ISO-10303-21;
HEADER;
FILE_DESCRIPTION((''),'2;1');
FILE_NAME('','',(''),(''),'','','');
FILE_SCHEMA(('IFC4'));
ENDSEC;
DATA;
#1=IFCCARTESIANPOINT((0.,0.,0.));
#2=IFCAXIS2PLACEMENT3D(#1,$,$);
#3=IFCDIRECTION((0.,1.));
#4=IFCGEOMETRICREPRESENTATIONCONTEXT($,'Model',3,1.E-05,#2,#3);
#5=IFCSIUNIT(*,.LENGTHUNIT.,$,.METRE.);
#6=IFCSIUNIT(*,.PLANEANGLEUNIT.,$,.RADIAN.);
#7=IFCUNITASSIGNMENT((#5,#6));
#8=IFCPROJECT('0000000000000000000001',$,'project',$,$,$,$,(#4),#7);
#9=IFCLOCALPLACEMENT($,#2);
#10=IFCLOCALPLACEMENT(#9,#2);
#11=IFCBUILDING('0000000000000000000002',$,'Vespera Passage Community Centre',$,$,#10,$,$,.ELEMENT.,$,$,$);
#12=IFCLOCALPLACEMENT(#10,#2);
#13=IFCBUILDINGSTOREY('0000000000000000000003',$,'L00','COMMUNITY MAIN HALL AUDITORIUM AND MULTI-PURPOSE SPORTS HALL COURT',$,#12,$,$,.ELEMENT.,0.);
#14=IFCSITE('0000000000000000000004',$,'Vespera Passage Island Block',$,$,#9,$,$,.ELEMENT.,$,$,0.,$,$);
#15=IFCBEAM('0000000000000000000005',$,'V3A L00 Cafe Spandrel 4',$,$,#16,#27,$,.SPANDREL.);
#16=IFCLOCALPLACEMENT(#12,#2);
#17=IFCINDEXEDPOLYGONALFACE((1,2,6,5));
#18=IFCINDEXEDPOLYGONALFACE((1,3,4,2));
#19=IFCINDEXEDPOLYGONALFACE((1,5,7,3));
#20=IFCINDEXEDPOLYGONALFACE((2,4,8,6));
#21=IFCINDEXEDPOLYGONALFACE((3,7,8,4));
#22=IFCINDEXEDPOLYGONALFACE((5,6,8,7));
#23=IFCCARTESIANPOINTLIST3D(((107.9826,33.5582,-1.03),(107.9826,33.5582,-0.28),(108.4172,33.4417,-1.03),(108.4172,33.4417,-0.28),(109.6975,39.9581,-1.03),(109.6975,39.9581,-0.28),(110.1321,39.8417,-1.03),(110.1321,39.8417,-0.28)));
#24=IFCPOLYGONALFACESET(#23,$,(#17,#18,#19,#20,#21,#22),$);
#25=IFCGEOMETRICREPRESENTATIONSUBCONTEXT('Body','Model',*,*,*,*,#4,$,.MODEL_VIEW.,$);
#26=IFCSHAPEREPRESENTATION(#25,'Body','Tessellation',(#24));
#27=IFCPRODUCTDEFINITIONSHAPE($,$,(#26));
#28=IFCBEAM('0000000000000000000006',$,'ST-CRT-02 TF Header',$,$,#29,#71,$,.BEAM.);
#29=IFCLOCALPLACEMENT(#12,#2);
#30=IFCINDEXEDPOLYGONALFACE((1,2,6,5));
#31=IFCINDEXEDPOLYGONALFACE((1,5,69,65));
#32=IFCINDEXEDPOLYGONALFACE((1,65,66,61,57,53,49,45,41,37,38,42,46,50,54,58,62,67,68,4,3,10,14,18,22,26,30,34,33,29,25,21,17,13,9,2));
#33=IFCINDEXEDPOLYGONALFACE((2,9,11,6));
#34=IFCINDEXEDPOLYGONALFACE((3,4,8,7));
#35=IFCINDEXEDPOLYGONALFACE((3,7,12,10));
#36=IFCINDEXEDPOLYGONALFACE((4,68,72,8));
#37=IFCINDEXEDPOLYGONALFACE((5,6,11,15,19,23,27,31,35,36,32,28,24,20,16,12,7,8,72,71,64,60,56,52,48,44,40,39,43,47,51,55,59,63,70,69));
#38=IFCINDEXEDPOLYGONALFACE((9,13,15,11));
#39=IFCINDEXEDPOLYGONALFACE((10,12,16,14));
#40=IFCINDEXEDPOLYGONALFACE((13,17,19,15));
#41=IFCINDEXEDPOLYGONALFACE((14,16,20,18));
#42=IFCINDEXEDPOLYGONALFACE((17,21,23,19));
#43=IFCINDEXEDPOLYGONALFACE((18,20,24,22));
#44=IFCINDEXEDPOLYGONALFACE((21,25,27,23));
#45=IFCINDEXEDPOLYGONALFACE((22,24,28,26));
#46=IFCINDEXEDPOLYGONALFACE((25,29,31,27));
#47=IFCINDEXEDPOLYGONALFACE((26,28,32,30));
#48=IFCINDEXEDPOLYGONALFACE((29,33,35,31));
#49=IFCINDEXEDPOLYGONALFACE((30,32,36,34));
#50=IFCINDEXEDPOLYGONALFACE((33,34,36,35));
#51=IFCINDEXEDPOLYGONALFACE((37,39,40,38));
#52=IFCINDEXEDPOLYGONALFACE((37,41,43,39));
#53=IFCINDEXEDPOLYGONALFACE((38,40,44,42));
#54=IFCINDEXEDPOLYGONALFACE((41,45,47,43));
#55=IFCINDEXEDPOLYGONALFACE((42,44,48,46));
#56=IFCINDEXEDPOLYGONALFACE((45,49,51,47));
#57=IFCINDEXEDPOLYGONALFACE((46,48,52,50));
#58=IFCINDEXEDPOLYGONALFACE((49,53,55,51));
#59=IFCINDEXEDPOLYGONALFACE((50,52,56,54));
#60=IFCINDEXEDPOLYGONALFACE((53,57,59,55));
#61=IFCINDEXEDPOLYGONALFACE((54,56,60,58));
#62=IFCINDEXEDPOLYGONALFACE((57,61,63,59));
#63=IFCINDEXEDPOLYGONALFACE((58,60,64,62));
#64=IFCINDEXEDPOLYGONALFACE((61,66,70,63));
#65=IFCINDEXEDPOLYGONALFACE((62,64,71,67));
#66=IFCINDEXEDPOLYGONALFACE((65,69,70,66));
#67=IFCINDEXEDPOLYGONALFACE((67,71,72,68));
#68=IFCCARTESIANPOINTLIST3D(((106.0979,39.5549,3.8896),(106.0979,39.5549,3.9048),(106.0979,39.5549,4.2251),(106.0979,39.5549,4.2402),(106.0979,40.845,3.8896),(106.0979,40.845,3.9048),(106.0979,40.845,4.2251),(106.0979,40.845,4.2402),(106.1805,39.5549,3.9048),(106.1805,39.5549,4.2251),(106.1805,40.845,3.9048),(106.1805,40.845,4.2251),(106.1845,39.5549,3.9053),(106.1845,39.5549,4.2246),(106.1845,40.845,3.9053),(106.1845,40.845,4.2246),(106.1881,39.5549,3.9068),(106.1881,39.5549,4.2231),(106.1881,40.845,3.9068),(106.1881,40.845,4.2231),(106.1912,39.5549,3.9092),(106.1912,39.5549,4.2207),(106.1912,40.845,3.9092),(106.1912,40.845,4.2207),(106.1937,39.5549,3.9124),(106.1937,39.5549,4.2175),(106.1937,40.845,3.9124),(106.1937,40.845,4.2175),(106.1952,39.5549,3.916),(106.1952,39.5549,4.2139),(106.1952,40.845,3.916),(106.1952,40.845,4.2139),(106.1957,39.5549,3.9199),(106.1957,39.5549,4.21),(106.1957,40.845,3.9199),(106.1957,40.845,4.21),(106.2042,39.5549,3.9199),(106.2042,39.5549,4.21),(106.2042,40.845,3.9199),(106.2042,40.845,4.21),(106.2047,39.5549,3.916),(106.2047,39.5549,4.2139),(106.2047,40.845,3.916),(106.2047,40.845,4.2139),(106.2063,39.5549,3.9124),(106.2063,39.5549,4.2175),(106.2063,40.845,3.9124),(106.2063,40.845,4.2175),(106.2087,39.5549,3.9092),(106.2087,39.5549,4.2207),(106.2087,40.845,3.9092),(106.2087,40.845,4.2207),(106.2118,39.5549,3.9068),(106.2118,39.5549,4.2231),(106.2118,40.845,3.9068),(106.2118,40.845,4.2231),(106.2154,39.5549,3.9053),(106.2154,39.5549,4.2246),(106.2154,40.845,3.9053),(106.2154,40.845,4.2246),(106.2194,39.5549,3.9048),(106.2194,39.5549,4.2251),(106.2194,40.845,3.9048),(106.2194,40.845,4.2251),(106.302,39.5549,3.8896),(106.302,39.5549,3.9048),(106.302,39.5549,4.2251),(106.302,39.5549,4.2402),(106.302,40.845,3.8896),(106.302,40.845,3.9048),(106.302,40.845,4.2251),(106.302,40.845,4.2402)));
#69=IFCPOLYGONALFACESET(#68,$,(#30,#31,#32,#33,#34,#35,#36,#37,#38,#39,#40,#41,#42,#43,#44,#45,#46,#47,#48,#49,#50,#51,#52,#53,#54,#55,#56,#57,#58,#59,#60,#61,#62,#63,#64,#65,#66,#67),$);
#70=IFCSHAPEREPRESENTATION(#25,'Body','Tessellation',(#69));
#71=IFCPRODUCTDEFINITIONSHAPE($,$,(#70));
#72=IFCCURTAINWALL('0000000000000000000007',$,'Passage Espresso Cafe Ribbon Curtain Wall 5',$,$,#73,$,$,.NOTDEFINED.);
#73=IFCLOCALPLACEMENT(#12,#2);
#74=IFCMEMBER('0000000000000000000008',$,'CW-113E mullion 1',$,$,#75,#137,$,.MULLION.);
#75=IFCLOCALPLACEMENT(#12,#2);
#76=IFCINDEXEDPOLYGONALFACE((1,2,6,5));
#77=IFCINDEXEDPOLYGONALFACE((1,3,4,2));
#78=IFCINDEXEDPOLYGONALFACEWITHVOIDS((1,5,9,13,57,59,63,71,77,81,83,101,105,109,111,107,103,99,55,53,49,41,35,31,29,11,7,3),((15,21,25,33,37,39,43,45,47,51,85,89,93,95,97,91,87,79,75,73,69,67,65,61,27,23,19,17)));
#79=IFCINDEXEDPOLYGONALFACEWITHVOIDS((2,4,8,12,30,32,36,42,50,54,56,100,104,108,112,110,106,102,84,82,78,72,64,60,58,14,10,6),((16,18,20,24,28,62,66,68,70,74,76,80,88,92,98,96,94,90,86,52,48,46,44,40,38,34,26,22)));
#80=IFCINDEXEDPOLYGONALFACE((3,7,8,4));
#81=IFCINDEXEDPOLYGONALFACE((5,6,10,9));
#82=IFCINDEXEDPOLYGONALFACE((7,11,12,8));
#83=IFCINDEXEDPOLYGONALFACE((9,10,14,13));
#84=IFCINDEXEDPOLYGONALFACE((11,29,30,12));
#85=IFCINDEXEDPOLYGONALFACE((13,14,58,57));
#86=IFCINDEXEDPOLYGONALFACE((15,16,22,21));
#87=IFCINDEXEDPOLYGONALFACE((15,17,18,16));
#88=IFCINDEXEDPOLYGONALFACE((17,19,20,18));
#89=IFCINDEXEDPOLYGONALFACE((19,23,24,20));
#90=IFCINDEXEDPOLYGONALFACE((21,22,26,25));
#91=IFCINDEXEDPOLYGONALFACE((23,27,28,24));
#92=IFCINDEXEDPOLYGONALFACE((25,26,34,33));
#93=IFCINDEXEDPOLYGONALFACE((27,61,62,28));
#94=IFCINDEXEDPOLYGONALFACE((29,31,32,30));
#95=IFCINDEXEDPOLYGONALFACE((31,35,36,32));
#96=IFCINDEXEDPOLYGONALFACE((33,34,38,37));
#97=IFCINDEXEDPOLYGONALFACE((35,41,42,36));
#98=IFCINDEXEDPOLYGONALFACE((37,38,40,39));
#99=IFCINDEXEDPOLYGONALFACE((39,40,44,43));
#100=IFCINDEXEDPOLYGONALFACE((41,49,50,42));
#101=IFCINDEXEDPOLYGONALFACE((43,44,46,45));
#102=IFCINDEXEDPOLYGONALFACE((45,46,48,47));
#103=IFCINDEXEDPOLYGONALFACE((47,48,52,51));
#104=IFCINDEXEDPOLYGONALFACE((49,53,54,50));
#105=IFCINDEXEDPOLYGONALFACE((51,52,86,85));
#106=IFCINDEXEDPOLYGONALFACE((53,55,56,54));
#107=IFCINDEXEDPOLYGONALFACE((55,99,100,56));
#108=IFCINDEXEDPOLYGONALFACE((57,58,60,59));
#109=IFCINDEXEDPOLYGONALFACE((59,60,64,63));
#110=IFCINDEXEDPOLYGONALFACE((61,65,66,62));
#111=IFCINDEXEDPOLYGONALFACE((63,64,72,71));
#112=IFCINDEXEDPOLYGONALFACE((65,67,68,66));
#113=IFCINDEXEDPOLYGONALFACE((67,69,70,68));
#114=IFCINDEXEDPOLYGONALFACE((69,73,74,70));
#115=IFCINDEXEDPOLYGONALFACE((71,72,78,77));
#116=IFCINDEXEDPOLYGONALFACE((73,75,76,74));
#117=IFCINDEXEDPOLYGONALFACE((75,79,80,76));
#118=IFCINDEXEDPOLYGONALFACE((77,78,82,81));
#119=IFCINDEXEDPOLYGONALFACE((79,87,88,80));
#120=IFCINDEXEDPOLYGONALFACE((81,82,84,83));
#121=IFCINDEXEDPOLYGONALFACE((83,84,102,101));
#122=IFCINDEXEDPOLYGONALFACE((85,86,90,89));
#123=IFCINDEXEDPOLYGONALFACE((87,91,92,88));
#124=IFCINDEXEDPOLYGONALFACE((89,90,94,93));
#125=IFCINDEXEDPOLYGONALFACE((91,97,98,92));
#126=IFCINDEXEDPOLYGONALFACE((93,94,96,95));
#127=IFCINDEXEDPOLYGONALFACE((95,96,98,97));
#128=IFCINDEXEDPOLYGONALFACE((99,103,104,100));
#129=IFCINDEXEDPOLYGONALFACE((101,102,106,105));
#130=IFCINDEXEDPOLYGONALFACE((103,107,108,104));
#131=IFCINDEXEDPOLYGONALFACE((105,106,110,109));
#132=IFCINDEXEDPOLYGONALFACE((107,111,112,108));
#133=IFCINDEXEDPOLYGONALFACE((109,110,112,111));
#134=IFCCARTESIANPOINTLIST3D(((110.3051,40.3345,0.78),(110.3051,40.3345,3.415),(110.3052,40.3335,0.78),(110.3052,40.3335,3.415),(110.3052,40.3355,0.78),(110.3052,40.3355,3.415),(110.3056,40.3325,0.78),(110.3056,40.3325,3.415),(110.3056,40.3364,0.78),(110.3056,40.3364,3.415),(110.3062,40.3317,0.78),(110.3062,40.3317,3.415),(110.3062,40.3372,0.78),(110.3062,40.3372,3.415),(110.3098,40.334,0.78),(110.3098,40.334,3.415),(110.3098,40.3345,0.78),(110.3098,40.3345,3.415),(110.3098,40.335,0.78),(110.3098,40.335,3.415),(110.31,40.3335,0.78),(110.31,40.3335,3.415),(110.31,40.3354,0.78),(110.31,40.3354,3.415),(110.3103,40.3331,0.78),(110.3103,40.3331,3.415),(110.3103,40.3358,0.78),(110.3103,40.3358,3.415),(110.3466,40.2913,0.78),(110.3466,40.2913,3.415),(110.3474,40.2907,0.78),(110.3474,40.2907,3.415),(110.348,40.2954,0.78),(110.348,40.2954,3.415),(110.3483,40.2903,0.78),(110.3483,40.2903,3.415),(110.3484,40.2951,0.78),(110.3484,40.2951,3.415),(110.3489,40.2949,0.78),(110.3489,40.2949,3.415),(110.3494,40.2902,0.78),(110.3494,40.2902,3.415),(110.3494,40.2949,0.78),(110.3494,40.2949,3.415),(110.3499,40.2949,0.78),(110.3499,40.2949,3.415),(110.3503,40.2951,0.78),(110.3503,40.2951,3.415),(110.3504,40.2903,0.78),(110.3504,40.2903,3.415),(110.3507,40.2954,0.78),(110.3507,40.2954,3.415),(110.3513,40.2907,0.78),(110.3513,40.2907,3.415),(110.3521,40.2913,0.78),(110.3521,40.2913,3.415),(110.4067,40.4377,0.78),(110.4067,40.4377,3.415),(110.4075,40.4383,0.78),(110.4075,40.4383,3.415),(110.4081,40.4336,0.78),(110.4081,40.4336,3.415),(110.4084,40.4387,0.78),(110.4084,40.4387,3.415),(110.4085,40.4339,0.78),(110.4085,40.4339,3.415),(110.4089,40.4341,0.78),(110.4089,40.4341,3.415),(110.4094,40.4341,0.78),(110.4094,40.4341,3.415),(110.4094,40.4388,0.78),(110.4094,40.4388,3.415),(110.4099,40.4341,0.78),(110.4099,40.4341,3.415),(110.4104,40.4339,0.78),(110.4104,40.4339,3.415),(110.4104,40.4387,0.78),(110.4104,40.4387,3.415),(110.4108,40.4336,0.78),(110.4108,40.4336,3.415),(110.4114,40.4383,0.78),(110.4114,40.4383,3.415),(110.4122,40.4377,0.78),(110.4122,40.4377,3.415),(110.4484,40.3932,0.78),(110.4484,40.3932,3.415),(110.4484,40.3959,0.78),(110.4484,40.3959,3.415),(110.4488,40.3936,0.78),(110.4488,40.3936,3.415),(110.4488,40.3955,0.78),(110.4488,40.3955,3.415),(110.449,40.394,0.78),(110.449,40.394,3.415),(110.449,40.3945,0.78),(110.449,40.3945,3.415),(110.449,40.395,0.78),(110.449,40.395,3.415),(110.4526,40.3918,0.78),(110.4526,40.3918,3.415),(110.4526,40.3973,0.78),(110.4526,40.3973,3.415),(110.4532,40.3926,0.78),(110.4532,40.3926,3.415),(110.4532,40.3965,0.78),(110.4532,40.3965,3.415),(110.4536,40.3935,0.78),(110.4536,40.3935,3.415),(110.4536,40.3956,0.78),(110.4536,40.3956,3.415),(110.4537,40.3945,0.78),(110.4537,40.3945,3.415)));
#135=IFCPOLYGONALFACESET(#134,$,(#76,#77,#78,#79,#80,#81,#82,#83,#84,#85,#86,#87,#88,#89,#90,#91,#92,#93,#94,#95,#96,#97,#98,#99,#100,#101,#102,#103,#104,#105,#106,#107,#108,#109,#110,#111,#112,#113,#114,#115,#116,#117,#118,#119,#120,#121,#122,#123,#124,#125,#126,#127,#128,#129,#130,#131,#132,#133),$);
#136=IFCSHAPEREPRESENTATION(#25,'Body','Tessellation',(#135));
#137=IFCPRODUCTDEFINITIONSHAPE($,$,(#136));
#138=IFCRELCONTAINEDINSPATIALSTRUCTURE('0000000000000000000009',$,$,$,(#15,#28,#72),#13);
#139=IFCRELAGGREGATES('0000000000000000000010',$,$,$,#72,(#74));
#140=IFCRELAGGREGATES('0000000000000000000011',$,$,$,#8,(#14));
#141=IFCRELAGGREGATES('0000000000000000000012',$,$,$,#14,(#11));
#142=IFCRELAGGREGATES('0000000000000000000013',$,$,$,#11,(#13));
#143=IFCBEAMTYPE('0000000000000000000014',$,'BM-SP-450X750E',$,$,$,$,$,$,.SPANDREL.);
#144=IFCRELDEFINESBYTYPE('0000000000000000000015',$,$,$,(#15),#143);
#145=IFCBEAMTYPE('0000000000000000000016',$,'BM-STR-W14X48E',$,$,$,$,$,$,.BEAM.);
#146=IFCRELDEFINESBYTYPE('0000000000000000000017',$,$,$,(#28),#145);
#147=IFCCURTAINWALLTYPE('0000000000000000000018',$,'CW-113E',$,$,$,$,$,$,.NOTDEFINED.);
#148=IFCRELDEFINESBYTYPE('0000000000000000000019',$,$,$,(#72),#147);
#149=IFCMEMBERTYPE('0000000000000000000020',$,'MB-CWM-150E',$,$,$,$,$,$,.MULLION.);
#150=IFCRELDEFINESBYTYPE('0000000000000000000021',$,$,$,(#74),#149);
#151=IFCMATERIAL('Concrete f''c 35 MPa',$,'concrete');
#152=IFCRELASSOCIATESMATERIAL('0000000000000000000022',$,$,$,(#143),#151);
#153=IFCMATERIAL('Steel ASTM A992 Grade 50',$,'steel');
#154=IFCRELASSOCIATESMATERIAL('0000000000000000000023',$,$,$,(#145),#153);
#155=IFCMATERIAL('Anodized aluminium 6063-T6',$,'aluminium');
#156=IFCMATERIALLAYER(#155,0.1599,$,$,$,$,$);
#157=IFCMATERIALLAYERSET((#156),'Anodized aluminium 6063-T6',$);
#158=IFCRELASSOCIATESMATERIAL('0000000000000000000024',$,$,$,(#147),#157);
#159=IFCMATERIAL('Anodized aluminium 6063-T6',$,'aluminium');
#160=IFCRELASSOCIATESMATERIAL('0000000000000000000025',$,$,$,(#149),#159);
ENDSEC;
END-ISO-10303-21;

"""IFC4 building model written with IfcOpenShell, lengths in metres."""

from ifc_helpers import new_model, si_unit, direction, frame, origin, origin_2d, place, context, subcontext, project, spatial, rectangle, hollow_rectangle, i_section, extrude, material, layer, layer_set, material_profile, profile_set, type_object, element, aggregate, save


model = new_model("IFC4")

# Units and contexts
model_context = context("Model", 3, precision=1e-05, world=origin(), true_north=direction((0.0, 1.0)))
body_context = subcontext(model_context, "Body", "Model", "MODEL_VIEW")
ifc_project = project(units=[si_unit("LENGTHUNIT", "METRE"), si_unit("PLANEANGLEUNIT", "RADIAN")], contexts=[model_context])

# Site, building, storey
site_placement = place(None, origin())
site = spatial("IfcSite", under=ifc_project, at=site_placement, Name="Vespera Passage Island Block", CompositionType="ELEMENT", RefElevation=0.0)
building_placement = place(site_placement, origin())
building = spatial("IfcBuilding", under=site, at=building_placement, Name="Vespera Passage Community Centre", CompositionType="ELEMENT")
storey_placement = place(building_placement, origin())
storey = spatial("IfcBuildingStorey", under=building, at=storey_placement, Name="L00", Description="COMMUNITY MAIN HALL AUDITORIUM AND MULTI-PURPOSE SPORTS HALL COURT", CompositionType="ELEMENT", Elevation=0.0)

# Beams
ifc_material_1 = material(Name="Concrete f'c 35 MPa", Category="concrete")
ifc_material_profile_1 = material_profile(ifc_material_1, rectangle(XDim=0.45, YDim=0.75, at=origin_2d()), Name="RC450X750")
ifc_profile_set_1 = profile_set([ifc_material_profile_1], Name="Concrete f'c 35 MPa")
beam_type_1 = type_object("IfcBeamType", Name="BM-SP-450X750E", PredefinedType="SPANDREL", material=ifc_profile_set_1)
beam_1_placement = place(storey_placement, frame((109.9148, 39.8999, -0.655), z_axis=(-0.258818, -0.965926, 0.0), x_axis=(0.965926, -0.258818, 0.0)))
element("IfcBeam", 1, at=beam_1_placement, inside=storey, type_object=beam_type_1, Name="V3A L00 Cafe Spandrel 4", PredefinedType="SPANDREL", context=body_context, shape_type="SweptSolid", body=[
    extrude(rectangle(XDim=0.45, YDim=0.75, at=origin_2d()), origin(), (0.0, 0.0, 1.0), 6.6257),
])
ifc_material_2 = material(Name="Steel ASTM A992 Grade 50", Category="steel")
ifc_material_profile_2 = material_profile(ifc_material_2, i_section(OverallWidth=0.2041, OverallDepth=0.3506, WebThickness=0.0085, FlangeThickness=0.0151, FilletRadius=0.0151, at=origin_2d()), Name="W14X48")
ifc_profile_set_2 = profile_set([ifc_material_profile_2], Name="Steel ASTM A992 Grade 50")
beam_type_2 = type_object("IfcBeamType", Name="BM-STR-W14X48E", PredefinedType="BEAM", material=ifc_profile_set_2)
beam_2_placement = place(storey_placement, frame((106.2, 39.5549, 4.0649), z_axis=(0.0, 1.0, 0.0), x_axis=(-1.0, 0.0, 0.0)))
element("IfcBeam", 2, at=beam_2_placement, inside=storey, type_object=beam_type_2, Name="ST-CRT-02 TF Header", PredefinedType="BEAM", context=body_context, shape_type="SweptSolid", body=[
    extrude(i_section(OverallWidth=0.2041, OverallDepth=0.3506, WebThickness=0.0085, FlangeThickness=0.0151, FilletRadius=0.0151, at=origin_2d()), origin(), (0.0, 0.0, 1.0), 1.29),
])

# Curtain wall, member
ifc_material_3 = material(Name="Anodized aluminium 6063-T6", Category="aluminium")
ifc_layer_1 = layer(ifc_material_3, 0.1599)
ifc_layer_set_1 = layer_set([ifc_layer_1], Name="Anodized aluminium 6063-T6")
curtain_wall_type = type_object("IfcCurtainWallType", Name="CW-113E", PredefinedType="NOTDEFINED", material=ifc_layer_set_1)
curtain_wall_placement = place(storey_placement, origin())
curtain_wall = element("IfcCurtainWall", 3, at=curtain_wall_placement, inside=storey, type_object=curtain_wall_type, Name="Passage Espresso Cafe Ribbon Curtain Wall 5", PredefinedType="NOTDEFINED")
ifc_material_4 = material(Name="Anodized aluminium 6063-T6", Category="aluminium")
ifc_material_profile_3 = material_profile(ifc_material_4, hollow_rectangle(XDim=0.0649, YDim=0.1499, WallThickness=0.0039, InnerFilletRadius=0.002, OuterFilletRadius=0.0039, at=origin_2d()), Name="ALU150X65X4")
ifc_profile_set_3 = profile_set([ifc_material_profile_3], Name="Anodized aluminium 6063-T6")
member_type_1 = type_object("IfcMemberType", Name="MB-CWM-150E", PredefinedType="MULLION", material=ifc_profile_set_3)
member_1_placement = place(storey_placement, frame((110.3794, 40.3645, 0.78), z_axis=(0.0, 0.0, 1.0), x_axis=(-0.707107, 0.707107, 0.0)))
member_1 = element("IfcMember", 4, at=member_1_placement, type_object=member_type_1, Name="CW-113E mullion 1", PredefinedType="MULLION", context=body_context, shape_type="SweptSolid", body=[
    extrude(hollow_rectangle(XDim=0.0649, YDim=0.1499, WallThickness=0.0039, InnerFilletRadius=0.002, OuterFilletRadius=0.0039, at=origin_2d()), origin(), (0.0, 0.0, 1.0), 2.635),
])
aggregate(curtain_wall, [member_1])

save(model, "model.ifc")
